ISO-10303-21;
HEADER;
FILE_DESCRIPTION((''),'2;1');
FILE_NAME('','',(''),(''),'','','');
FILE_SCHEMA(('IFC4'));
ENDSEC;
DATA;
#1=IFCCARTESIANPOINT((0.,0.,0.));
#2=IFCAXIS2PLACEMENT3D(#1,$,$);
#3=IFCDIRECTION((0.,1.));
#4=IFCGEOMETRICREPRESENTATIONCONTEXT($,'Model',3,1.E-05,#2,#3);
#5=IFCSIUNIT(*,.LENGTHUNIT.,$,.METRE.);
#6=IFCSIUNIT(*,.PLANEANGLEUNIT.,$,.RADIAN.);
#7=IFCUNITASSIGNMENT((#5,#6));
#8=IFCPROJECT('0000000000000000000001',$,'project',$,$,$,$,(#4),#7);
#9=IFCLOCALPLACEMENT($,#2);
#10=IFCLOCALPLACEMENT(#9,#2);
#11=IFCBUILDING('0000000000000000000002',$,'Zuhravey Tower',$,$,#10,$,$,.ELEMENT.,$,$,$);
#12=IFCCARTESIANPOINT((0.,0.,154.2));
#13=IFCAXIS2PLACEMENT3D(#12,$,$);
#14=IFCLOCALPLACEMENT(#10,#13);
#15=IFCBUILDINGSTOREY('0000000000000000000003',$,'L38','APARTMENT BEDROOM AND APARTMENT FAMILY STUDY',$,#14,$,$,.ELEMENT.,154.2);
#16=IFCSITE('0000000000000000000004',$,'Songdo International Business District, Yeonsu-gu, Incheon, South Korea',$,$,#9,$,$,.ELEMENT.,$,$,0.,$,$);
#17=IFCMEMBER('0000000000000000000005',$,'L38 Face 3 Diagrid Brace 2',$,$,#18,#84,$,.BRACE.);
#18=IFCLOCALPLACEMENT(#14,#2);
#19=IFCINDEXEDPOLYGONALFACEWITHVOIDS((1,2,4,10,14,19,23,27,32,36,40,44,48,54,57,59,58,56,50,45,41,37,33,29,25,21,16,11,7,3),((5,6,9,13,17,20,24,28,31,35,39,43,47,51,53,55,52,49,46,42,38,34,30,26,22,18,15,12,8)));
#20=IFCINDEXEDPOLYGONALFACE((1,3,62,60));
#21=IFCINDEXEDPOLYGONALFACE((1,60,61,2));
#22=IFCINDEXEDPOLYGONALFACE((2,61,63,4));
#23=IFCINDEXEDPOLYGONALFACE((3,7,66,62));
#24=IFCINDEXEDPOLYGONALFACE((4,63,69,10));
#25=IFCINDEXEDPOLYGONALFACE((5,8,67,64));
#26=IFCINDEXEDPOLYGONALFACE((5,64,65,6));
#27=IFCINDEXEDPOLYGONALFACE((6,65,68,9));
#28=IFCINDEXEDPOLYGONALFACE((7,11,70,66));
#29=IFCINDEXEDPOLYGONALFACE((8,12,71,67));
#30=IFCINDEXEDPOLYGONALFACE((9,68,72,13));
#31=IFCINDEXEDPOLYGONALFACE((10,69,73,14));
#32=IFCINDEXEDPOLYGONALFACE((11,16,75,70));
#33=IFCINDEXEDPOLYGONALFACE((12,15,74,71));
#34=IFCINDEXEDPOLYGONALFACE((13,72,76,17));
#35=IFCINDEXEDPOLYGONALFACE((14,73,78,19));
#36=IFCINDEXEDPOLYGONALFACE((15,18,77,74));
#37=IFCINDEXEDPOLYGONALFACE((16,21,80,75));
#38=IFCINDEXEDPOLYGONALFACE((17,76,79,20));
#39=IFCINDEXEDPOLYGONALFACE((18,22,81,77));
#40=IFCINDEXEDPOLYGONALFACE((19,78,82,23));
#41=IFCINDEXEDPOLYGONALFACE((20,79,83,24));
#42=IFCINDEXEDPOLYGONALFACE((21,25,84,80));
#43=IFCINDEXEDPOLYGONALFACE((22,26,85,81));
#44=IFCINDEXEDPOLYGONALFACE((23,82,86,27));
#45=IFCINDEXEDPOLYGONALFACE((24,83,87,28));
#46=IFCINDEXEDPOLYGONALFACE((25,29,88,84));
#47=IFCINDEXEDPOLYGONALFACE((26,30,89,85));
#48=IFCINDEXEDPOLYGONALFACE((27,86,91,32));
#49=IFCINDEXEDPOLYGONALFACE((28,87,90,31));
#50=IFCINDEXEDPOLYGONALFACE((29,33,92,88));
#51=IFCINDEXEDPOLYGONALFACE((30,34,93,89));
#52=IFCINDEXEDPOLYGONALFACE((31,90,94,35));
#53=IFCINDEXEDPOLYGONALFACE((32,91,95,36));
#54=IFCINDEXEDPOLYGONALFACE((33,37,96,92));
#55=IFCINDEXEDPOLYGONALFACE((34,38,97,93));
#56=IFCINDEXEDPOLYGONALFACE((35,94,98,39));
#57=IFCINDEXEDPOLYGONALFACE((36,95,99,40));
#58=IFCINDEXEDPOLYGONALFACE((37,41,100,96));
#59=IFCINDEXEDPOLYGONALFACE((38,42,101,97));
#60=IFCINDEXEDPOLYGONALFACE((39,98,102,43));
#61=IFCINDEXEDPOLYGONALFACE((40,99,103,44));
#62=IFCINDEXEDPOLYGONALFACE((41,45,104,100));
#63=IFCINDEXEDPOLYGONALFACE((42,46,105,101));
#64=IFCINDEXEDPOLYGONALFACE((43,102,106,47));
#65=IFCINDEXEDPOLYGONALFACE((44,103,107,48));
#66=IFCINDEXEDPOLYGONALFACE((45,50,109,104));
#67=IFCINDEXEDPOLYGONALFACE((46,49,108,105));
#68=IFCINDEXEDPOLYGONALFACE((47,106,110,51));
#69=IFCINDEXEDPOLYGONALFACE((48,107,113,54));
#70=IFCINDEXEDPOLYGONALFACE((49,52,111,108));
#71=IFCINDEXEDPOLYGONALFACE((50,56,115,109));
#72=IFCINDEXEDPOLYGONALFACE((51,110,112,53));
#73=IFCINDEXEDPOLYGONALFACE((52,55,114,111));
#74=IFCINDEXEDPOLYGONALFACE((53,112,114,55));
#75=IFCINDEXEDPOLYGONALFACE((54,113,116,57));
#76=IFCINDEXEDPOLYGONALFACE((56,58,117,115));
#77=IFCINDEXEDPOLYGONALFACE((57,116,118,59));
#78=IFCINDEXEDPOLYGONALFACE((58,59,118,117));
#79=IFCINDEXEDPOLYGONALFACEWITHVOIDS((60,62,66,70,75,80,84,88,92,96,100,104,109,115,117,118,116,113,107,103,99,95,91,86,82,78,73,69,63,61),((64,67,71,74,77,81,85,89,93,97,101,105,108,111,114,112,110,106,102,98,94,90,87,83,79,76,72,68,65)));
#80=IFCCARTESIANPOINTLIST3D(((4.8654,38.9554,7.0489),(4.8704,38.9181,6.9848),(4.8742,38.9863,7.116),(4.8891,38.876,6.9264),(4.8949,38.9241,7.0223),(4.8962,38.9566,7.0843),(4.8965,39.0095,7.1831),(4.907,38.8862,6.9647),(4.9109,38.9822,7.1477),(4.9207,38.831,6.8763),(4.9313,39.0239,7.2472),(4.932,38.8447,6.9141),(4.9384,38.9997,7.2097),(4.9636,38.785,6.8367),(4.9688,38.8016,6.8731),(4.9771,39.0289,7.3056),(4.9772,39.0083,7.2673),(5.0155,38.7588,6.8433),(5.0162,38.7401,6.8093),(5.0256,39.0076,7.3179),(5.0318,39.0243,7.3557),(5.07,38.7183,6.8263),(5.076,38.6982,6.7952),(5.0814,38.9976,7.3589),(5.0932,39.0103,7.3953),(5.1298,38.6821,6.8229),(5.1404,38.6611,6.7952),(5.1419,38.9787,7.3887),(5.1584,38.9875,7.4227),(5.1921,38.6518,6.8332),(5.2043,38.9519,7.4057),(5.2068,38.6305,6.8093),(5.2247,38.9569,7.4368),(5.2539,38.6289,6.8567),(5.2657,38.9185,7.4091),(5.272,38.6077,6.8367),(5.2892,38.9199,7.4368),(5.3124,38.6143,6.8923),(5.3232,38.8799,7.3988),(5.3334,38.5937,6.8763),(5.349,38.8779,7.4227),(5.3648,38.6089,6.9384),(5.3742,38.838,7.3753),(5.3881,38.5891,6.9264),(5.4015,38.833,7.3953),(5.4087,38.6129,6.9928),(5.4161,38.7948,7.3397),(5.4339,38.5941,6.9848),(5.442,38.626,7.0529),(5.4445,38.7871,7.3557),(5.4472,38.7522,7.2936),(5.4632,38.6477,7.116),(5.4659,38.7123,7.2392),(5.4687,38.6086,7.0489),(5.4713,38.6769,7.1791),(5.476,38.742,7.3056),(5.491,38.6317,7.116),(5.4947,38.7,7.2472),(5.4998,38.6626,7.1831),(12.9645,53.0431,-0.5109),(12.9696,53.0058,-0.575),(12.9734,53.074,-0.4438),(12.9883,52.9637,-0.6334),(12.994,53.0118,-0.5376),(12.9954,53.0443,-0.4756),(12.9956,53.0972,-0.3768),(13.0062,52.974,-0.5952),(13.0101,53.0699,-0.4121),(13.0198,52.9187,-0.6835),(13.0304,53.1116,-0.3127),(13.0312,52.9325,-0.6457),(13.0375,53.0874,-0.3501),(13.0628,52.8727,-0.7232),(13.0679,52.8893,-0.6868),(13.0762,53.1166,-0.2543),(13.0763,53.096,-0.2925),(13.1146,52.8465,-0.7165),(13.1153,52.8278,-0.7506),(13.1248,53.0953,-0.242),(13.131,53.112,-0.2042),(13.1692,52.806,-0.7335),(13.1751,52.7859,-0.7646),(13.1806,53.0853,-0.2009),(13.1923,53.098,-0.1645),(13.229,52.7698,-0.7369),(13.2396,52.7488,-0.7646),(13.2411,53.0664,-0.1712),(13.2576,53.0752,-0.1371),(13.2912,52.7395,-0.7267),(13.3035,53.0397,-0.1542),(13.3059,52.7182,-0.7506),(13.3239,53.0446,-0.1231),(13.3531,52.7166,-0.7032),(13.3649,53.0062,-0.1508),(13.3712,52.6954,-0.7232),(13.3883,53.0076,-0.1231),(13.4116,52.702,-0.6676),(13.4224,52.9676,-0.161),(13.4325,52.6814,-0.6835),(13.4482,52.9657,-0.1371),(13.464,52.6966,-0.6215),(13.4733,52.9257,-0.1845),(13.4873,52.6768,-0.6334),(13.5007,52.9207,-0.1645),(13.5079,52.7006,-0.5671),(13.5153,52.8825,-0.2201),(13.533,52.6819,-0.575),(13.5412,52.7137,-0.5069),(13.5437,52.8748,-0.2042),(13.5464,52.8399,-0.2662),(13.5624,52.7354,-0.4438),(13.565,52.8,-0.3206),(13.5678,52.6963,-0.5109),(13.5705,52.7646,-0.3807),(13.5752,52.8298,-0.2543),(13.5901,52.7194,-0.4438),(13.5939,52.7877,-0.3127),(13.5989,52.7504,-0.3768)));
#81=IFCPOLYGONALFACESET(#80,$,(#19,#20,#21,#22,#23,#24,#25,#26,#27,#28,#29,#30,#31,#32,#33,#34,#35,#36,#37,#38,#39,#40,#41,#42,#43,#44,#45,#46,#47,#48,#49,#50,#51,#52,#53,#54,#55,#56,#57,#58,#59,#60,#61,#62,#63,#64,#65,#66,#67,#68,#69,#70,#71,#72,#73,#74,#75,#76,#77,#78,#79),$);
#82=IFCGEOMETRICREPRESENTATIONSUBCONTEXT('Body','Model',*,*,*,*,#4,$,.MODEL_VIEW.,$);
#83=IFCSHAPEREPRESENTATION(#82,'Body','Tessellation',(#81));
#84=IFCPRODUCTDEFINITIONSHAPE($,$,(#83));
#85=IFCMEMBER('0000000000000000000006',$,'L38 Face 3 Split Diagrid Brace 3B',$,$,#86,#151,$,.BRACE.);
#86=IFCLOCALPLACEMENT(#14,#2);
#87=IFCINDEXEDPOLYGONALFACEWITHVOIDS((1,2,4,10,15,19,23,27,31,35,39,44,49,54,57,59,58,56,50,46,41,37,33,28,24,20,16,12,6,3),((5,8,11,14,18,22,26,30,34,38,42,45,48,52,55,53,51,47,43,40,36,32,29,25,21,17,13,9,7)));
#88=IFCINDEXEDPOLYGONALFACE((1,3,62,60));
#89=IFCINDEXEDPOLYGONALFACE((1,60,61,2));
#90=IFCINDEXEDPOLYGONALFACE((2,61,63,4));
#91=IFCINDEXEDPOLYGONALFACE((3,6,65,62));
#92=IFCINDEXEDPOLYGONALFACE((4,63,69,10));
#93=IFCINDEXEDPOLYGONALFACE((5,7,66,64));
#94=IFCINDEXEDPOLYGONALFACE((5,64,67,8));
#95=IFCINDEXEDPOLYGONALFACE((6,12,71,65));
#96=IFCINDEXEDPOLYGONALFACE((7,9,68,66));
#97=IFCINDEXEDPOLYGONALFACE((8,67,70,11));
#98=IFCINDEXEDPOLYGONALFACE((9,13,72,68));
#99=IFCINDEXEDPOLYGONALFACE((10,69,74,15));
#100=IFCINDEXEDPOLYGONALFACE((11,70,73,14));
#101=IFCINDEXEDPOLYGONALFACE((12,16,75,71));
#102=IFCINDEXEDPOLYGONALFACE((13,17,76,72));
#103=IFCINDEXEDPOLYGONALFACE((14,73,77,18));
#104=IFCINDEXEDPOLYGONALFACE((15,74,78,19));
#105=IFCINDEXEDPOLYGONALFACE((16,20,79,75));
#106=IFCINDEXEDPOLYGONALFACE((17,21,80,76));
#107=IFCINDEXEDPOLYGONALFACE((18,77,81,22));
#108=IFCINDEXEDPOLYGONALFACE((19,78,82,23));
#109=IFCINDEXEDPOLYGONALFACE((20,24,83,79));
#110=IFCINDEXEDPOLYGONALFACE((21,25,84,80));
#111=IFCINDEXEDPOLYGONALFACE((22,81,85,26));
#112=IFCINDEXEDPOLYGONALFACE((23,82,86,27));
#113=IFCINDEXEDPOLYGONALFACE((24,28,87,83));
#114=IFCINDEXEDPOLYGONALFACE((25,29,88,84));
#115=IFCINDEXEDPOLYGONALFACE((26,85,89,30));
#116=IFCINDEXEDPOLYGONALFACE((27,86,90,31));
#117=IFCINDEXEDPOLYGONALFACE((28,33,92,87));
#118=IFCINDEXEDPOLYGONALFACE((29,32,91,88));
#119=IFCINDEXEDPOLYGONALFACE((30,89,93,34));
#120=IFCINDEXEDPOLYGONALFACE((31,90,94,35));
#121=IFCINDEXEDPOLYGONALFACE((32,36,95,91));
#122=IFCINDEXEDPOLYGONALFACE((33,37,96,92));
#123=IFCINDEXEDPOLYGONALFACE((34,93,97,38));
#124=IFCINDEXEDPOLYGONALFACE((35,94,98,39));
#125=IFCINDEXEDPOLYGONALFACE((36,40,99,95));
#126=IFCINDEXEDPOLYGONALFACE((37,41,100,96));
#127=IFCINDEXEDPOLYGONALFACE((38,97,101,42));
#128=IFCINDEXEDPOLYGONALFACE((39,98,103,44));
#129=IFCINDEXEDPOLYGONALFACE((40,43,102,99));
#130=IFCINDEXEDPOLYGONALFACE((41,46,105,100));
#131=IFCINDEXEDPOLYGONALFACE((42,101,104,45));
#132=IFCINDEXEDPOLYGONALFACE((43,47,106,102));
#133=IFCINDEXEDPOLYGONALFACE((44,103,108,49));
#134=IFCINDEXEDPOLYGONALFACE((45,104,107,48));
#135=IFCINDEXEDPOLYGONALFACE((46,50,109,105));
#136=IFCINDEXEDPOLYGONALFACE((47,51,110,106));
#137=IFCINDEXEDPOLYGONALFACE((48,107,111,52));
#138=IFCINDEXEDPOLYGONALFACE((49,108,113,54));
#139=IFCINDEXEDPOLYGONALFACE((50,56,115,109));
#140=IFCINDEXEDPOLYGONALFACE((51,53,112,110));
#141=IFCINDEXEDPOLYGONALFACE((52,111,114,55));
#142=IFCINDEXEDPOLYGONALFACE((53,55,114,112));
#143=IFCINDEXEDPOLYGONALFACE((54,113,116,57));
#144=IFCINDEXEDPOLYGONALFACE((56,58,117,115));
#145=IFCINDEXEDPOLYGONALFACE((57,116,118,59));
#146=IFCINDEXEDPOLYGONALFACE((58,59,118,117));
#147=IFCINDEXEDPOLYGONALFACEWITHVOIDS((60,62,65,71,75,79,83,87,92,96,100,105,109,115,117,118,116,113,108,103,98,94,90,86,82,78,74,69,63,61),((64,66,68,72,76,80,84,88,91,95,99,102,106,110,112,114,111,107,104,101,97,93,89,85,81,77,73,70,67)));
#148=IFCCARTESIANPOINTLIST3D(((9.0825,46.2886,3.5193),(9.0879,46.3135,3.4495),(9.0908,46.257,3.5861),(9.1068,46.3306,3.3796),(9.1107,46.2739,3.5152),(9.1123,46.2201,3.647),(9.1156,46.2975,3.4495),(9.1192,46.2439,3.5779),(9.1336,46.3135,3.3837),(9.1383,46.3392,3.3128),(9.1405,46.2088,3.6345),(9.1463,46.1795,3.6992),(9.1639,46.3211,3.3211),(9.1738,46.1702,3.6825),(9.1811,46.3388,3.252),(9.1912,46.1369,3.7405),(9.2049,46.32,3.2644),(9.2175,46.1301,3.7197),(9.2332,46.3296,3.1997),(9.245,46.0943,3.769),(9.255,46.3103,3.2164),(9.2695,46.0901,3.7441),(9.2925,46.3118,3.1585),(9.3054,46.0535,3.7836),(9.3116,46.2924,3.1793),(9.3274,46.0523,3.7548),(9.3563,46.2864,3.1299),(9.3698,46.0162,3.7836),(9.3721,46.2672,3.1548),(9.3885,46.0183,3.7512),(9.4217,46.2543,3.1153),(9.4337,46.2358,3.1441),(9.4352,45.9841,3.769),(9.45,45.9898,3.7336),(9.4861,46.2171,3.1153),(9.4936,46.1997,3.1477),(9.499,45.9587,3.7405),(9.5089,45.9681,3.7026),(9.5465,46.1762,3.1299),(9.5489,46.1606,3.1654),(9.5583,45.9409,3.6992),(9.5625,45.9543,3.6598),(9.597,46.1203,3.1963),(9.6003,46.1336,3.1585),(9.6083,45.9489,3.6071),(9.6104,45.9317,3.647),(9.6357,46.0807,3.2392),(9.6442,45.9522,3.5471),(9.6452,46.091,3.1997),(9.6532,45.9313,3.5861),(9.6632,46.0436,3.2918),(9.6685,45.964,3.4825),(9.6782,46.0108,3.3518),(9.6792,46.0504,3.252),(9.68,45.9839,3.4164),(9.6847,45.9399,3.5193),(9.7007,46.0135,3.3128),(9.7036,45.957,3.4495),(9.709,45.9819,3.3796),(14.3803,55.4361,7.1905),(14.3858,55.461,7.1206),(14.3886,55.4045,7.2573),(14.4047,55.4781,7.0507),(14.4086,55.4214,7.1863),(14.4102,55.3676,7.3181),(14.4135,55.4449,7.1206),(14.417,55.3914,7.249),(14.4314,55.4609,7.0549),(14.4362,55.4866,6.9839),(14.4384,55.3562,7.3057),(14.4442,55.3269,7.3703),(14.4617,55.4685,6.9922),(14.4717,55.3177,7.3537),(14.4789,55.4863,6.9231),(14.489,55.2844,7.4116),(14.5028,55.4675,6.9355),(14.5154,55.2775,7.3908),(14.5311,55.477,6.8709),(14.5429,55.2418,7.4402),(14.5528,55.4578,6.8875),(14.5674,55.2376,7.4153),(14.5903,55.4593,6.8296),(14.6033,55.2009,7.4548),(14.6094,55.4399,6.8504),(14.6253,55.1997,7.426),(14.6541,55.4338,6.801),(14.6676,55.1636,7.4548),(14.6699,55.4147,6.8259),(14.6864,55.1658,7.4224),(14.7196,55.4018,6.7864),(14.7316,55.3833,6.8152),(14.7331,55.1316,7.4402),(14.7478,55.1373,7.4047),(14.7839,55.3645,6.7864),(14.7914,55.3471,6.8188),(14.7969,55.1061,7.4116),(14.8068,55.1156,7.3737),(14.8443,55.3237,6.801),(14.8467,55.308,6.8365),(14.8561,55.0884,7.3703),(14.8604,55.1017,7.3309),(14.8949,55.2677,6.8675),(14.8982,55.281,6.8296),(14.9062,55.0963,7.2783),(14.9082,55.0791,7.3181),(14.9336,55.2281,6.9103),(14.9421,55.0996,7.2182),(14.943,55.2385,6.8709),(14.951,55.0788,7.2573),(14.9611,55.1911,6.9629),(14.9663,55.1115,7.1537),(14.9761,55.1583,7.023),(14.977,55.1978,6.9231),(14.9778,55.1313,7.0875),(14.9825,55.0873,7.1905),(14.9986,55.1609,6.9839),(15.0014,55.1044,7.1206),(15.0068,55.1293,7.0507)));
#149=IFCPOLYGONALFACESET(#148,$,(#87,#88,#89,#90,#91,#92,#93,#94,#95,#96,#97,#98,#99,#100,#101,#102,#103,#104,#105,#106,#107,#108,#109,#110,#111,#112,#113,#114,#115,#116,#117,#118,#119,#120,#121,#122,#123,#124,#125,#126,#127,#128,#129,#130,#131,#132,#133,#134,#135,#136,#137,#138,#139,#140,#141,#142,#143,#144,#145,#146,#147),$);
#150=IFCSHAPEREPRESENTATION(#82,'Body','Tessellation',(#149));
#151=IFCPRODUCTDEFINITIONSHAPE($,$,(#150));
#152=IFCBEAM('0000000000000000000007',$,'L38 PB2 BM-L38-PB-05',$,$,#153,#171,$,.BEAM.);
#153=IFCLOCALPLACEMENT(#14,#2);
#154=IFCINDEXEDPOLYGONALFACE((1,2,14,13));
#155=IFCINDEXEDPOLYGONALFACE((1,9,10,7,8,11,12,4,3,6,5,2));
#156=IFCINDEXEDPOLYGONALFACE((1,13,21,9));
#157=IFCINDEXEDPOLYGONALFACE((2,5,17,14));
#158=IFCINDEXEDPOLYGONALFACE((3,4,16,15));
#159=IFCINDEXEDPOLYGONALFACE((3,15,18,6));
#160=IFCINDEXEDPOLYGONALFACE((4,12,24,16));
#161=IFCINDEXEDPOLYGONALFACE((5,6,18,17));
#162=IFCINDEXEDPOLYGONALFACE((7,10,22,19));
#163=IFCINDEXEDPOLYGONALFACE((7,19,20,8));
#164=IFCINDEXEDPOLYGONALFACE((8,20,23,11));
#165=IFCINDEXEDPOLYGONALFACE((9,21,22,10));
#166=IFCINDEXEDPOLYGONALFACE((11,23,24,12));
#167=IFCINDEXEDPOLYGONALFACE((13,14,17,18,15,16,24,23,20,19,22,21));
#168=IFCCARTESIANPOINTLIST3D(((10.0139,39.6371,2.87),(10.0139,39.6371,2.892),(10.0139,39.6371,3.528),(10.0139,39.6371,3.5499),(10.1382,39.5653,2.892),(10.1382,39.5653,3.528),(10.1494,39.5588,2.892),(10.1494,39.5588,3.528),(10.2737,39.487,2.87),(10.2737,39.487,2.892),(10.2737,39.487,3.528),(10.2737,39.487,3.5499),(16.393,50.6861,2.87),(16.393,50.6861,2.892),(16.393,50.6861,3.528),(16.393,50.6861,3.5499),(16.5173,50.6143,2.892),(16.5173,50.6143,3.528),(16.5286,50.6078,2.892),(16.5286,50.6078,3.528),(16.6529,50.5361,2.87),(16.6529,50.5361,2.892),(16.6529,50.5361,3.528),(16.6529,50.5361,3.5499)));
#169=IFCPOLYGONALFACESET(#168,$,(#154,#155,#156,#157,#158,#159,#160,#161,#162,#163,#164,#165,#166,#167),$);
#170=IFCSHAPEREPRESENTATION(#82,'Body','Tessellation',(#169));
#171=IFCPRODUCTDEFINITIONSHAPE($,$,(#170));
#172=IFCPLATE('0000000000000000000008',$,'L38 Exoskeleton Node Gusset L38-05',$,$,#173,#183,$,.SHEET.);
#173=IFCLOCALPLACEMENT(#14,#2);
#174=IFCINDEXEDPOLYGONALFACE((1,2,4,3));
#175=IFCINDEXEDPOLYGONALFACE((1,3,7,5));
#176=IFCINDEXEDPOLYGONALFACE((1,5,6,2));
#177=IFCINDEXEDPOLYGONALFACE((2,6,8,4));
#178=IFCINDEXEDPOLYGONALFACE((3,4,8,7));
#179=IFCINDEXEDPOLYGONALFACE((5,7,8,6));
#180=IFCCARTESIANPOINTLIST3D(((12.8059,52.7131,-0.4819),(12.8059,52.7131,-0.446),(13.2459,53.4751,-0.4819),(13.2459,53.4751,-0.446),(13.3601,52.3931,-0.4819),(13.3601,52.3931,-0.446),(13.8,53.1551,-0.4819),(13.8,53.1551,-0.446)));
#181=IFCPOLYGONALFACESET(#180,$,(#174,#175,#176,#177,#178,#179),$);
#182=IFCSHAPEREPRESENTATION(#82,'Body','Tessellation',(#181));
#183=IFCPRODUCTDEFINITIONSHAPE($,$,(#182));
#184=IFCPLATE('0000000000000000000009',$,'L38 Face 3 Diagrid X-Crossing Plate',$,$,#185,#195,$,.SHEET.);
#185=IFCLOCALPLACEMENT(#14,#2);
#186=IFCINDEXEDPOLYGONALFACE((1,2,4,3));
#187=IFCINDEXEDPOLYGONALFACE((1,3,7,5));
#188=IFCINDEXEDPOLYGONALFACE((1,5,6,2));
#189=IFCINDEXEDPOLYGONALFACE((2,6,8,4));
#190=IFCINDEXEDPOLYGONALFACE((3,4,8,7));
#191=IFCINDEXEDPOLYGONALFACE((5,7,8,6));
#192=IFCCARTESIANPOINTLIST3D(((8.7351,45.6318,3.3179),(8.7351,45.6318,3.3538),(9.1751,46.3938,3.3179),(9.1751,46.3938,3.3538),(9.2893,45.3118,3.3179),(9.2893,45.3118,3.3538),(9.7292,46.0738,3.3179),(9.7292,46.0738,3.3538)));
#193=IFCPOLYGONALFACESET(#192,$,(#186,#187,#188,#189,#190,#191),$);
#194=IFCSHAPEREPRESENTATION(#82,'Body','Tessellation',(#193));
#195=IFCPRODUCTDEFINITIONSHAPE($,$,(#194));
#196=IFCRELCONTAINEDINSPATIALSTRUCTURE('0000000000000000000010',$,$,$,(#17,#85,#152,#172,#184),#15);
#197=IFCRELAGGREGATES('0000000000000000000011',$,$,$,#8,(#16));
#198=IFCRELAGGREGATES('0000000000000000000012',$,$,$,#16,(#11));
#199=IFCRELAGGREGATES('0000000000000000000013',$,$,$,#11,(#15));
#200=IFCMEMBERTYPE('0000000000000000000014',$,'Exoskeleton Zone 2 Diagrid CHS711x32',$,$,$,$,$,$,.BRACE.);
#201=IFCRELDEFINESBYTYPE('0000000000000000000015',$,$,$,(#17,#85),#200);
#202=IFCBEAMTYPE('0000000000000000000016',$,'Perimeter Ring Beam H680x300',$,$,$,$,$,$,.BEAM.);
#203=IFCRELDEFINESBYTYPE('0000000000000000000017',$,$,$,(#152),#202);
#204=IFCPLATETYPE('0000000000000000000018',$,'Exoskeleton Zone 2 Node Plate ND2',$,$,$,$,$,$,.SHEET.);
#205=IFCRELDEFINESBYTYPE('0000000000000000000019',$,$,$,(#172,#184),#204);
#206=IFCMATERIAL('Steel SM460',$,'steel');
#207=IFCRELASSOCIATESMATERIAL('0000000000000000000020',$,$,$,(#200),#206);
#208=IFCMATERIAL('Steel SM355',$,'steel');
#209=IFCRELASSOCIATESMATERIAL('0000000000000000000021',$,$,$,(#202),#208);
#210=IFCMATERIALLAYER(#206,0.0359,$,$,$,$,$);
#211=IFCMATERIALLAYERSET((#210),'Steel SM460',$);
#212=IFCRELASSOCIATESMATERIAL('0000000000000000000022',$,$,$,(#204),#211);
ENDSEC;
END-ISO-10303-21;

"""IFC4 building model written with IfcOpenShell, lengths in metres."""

from ifc_helpers import new_model, si_unit, direction, frame, origin, origin_2d, place, context, subcontext, project, spatial, rectangle, hollow_circle, i_section, extrude, material, layer, layer_set, material_profile, profile_set, type_object, element, save


model = new_model("IFC4")

# Units and contexts
model_context = context("Model", 3, precision=1e-05, world=origin(), true_north=direction((0.0, 1.0)))
body_context = subcontext(model_context, "Body", "Model", "MODEL_VIEW")
ifc_project = project(units=[si_unit("LENGTHUNIT", "METRE"), si_unit("PLANEANGLEUNIT", "RADIAN")], contexts=[model_context])

# Site, building, storey
site_placement = place(None, origin())
site = spatial("IfcSite", under=ifc_project, at=site_placement, Name="Songdo International Business District, Yeonsu-gu, Incheon, South Korea", CompositionType="ELEMENT", RefElevation=0.0)
building_placement = place(site_placement, origin())
building = spatial("IfcBuilding", under=site, at=building_placement, Name="Zuhravey Tower", CompositionType="ELEMENT")
storey_placement = place(building_placement, frame((0.0, 0.0, 154.2)))
storey = spatial("IfcBuildingStorey", under=building, at=storey_placement, Name="L38", Description="APARTMENT BEDROOM AND APARTMENT FAMILY STUDY", CompositionType="ELEMENT", Elevation=154.2)

# Members
ifc_material_1 = material(Name="Steel SM355", Category="steel")
ifc_material_2 = material(Name="Steel SM460", Category="steel")
ifc_material_profile_1 = material_profile(ifc_material_2, hollow_circle(Radius=0.3557, WallThickness=0.032, at=origin_2d()), Name="CHS-711.2x32")
ifc_profile_set_1 = profile_set([ifc_material_profile_1], Name="Steel SM460")
member_type_1 = type_object("IfcMemberType", Name="Exoskeleton Zone 2 Diagrid CHS711x32", PredefinedType="BRACE", material=ifc_profile_set_1)
member_1_placement = place(storey_placement, frame((13.2817, 52.8967, -0.4438), z_axis=(-0.451902, -0.786041, 0.421811), x_axis=(0.86694, -0.498412, 0.0)))
element("IfcMember", 1, at=member_1_placement, inside=storey, type_object=member_type_1, Name="L38 Face 3 Diagrid Brace 2", PredefinedType="BRACE", context=body_context, shape_type="SweptSolid", body=[
    extrude(hollow_circle(Radius=0.3557, WallThickness=0.032, at=origin_2d()), origin(), (0.0, 0.0, 1.0), 17.9224),
])
member_2_placement = place(storey_placement, frame((9.3958, 46.1353, 3.4495), z_axis=(0.473437, 0.817453, 0.328068), x_axis=(-0.865346, 0.501175, 0.0)))
element("IfcMember", 2, at=member_2_placement, inside=storey, type_object=member_type_1, Name="L38 Face 3 Split Diagrid Brace 3B", PredefinedType="BRACE", context=body_context, shape_type="SweptSolid", body=[
    extrude(hollow_circle(Radius=0.3557, WallThickness=0.032, at=origin_2d()), origin(), (0.0, 0.0, 1.0), 11.1902),
])

# Beam
ifc_material_profile_2 = material_profile(ifc_material_1, i_section(OverallWidth=0.3, OverallDepth=0.6799, WebThickness=0.0129, FlangeThickness=0.022, at=origin_2d()), Name="H-680x300x13x22")
ifc_profile_set_2 = profile_set([ifc_material_profile_2], Name="Steel SM355")
beam_type = type_object("IfcBeamType", Name="Perimeter Ring Beam H680x300", PredefinedType="BEAM", material=ifc_profile_set_2)
beam_placement = place(storey_placement, frame((16.5229, 50.6111, 3.21), z_axis=(-0.499998, -0.866027, 0.0), x_axis=(0.866027, -0.499998, 0.0)))
element("IfcBeam", 3, at=beam_placement, inside=storey, type_object=beam_type, Name="L38 PB2 BM-L38-PB-05", PredefinedType="BEAM", context=body_context, shape_type="SweptSolid", body=[
    extrude(i_section(OverallWidth=0.3, OverallDepth=0.6799, WebThickness=0.0129, FlangeThickness=0.022, at=origin_2d()), origin(), (0.0, 0.0, 1.0), 12.7583),
])

# Plates
ifc_layer_1 = layer(ifc_material_2, 0.0359)
ifc_layer_set_1 = layer_set([ifc_layer_1], Name="Steel SM460")
plate_type_1 = type_object("IfcPlateType", Name="Exoskeleton Zone 2 Node Plate ND2", PredefinedType="SHEET", material=ifc_layer_set_1)
for number, where, z_axis, x_axis, name in (
    (4, (13.303, 52.9341, -0.4819), (0.0, 0.0, 1.0), (-0.5, -0.866025, 0.0), "L38 Exoskeleton Node Gusset L38-05"),
    (5, (9.2322, 45.8528, 3.3179), (0.0, 0.0, 1.0), (-0.5, -0.866025, 0.0), "L38 Face 3 Diagrid X-Crossing Plate"),
):
    element("IfcPlate", number, at=place(storey_placement, frame(where, z_axis=z_axis, x_axis=x_axis)), inside=storey, type_object=plate_type_1, Name=name, PredefinedType="SHEET", context=body_context, shape_type="SweptSolid", body=[
        extrude(rectangle(XDim=0.8799, YDim=0.6399, at=origin_2d()), origin(), (0.0, 0.0, 1.0), 0.0359),
    ])

save(model, "model.ifc")
